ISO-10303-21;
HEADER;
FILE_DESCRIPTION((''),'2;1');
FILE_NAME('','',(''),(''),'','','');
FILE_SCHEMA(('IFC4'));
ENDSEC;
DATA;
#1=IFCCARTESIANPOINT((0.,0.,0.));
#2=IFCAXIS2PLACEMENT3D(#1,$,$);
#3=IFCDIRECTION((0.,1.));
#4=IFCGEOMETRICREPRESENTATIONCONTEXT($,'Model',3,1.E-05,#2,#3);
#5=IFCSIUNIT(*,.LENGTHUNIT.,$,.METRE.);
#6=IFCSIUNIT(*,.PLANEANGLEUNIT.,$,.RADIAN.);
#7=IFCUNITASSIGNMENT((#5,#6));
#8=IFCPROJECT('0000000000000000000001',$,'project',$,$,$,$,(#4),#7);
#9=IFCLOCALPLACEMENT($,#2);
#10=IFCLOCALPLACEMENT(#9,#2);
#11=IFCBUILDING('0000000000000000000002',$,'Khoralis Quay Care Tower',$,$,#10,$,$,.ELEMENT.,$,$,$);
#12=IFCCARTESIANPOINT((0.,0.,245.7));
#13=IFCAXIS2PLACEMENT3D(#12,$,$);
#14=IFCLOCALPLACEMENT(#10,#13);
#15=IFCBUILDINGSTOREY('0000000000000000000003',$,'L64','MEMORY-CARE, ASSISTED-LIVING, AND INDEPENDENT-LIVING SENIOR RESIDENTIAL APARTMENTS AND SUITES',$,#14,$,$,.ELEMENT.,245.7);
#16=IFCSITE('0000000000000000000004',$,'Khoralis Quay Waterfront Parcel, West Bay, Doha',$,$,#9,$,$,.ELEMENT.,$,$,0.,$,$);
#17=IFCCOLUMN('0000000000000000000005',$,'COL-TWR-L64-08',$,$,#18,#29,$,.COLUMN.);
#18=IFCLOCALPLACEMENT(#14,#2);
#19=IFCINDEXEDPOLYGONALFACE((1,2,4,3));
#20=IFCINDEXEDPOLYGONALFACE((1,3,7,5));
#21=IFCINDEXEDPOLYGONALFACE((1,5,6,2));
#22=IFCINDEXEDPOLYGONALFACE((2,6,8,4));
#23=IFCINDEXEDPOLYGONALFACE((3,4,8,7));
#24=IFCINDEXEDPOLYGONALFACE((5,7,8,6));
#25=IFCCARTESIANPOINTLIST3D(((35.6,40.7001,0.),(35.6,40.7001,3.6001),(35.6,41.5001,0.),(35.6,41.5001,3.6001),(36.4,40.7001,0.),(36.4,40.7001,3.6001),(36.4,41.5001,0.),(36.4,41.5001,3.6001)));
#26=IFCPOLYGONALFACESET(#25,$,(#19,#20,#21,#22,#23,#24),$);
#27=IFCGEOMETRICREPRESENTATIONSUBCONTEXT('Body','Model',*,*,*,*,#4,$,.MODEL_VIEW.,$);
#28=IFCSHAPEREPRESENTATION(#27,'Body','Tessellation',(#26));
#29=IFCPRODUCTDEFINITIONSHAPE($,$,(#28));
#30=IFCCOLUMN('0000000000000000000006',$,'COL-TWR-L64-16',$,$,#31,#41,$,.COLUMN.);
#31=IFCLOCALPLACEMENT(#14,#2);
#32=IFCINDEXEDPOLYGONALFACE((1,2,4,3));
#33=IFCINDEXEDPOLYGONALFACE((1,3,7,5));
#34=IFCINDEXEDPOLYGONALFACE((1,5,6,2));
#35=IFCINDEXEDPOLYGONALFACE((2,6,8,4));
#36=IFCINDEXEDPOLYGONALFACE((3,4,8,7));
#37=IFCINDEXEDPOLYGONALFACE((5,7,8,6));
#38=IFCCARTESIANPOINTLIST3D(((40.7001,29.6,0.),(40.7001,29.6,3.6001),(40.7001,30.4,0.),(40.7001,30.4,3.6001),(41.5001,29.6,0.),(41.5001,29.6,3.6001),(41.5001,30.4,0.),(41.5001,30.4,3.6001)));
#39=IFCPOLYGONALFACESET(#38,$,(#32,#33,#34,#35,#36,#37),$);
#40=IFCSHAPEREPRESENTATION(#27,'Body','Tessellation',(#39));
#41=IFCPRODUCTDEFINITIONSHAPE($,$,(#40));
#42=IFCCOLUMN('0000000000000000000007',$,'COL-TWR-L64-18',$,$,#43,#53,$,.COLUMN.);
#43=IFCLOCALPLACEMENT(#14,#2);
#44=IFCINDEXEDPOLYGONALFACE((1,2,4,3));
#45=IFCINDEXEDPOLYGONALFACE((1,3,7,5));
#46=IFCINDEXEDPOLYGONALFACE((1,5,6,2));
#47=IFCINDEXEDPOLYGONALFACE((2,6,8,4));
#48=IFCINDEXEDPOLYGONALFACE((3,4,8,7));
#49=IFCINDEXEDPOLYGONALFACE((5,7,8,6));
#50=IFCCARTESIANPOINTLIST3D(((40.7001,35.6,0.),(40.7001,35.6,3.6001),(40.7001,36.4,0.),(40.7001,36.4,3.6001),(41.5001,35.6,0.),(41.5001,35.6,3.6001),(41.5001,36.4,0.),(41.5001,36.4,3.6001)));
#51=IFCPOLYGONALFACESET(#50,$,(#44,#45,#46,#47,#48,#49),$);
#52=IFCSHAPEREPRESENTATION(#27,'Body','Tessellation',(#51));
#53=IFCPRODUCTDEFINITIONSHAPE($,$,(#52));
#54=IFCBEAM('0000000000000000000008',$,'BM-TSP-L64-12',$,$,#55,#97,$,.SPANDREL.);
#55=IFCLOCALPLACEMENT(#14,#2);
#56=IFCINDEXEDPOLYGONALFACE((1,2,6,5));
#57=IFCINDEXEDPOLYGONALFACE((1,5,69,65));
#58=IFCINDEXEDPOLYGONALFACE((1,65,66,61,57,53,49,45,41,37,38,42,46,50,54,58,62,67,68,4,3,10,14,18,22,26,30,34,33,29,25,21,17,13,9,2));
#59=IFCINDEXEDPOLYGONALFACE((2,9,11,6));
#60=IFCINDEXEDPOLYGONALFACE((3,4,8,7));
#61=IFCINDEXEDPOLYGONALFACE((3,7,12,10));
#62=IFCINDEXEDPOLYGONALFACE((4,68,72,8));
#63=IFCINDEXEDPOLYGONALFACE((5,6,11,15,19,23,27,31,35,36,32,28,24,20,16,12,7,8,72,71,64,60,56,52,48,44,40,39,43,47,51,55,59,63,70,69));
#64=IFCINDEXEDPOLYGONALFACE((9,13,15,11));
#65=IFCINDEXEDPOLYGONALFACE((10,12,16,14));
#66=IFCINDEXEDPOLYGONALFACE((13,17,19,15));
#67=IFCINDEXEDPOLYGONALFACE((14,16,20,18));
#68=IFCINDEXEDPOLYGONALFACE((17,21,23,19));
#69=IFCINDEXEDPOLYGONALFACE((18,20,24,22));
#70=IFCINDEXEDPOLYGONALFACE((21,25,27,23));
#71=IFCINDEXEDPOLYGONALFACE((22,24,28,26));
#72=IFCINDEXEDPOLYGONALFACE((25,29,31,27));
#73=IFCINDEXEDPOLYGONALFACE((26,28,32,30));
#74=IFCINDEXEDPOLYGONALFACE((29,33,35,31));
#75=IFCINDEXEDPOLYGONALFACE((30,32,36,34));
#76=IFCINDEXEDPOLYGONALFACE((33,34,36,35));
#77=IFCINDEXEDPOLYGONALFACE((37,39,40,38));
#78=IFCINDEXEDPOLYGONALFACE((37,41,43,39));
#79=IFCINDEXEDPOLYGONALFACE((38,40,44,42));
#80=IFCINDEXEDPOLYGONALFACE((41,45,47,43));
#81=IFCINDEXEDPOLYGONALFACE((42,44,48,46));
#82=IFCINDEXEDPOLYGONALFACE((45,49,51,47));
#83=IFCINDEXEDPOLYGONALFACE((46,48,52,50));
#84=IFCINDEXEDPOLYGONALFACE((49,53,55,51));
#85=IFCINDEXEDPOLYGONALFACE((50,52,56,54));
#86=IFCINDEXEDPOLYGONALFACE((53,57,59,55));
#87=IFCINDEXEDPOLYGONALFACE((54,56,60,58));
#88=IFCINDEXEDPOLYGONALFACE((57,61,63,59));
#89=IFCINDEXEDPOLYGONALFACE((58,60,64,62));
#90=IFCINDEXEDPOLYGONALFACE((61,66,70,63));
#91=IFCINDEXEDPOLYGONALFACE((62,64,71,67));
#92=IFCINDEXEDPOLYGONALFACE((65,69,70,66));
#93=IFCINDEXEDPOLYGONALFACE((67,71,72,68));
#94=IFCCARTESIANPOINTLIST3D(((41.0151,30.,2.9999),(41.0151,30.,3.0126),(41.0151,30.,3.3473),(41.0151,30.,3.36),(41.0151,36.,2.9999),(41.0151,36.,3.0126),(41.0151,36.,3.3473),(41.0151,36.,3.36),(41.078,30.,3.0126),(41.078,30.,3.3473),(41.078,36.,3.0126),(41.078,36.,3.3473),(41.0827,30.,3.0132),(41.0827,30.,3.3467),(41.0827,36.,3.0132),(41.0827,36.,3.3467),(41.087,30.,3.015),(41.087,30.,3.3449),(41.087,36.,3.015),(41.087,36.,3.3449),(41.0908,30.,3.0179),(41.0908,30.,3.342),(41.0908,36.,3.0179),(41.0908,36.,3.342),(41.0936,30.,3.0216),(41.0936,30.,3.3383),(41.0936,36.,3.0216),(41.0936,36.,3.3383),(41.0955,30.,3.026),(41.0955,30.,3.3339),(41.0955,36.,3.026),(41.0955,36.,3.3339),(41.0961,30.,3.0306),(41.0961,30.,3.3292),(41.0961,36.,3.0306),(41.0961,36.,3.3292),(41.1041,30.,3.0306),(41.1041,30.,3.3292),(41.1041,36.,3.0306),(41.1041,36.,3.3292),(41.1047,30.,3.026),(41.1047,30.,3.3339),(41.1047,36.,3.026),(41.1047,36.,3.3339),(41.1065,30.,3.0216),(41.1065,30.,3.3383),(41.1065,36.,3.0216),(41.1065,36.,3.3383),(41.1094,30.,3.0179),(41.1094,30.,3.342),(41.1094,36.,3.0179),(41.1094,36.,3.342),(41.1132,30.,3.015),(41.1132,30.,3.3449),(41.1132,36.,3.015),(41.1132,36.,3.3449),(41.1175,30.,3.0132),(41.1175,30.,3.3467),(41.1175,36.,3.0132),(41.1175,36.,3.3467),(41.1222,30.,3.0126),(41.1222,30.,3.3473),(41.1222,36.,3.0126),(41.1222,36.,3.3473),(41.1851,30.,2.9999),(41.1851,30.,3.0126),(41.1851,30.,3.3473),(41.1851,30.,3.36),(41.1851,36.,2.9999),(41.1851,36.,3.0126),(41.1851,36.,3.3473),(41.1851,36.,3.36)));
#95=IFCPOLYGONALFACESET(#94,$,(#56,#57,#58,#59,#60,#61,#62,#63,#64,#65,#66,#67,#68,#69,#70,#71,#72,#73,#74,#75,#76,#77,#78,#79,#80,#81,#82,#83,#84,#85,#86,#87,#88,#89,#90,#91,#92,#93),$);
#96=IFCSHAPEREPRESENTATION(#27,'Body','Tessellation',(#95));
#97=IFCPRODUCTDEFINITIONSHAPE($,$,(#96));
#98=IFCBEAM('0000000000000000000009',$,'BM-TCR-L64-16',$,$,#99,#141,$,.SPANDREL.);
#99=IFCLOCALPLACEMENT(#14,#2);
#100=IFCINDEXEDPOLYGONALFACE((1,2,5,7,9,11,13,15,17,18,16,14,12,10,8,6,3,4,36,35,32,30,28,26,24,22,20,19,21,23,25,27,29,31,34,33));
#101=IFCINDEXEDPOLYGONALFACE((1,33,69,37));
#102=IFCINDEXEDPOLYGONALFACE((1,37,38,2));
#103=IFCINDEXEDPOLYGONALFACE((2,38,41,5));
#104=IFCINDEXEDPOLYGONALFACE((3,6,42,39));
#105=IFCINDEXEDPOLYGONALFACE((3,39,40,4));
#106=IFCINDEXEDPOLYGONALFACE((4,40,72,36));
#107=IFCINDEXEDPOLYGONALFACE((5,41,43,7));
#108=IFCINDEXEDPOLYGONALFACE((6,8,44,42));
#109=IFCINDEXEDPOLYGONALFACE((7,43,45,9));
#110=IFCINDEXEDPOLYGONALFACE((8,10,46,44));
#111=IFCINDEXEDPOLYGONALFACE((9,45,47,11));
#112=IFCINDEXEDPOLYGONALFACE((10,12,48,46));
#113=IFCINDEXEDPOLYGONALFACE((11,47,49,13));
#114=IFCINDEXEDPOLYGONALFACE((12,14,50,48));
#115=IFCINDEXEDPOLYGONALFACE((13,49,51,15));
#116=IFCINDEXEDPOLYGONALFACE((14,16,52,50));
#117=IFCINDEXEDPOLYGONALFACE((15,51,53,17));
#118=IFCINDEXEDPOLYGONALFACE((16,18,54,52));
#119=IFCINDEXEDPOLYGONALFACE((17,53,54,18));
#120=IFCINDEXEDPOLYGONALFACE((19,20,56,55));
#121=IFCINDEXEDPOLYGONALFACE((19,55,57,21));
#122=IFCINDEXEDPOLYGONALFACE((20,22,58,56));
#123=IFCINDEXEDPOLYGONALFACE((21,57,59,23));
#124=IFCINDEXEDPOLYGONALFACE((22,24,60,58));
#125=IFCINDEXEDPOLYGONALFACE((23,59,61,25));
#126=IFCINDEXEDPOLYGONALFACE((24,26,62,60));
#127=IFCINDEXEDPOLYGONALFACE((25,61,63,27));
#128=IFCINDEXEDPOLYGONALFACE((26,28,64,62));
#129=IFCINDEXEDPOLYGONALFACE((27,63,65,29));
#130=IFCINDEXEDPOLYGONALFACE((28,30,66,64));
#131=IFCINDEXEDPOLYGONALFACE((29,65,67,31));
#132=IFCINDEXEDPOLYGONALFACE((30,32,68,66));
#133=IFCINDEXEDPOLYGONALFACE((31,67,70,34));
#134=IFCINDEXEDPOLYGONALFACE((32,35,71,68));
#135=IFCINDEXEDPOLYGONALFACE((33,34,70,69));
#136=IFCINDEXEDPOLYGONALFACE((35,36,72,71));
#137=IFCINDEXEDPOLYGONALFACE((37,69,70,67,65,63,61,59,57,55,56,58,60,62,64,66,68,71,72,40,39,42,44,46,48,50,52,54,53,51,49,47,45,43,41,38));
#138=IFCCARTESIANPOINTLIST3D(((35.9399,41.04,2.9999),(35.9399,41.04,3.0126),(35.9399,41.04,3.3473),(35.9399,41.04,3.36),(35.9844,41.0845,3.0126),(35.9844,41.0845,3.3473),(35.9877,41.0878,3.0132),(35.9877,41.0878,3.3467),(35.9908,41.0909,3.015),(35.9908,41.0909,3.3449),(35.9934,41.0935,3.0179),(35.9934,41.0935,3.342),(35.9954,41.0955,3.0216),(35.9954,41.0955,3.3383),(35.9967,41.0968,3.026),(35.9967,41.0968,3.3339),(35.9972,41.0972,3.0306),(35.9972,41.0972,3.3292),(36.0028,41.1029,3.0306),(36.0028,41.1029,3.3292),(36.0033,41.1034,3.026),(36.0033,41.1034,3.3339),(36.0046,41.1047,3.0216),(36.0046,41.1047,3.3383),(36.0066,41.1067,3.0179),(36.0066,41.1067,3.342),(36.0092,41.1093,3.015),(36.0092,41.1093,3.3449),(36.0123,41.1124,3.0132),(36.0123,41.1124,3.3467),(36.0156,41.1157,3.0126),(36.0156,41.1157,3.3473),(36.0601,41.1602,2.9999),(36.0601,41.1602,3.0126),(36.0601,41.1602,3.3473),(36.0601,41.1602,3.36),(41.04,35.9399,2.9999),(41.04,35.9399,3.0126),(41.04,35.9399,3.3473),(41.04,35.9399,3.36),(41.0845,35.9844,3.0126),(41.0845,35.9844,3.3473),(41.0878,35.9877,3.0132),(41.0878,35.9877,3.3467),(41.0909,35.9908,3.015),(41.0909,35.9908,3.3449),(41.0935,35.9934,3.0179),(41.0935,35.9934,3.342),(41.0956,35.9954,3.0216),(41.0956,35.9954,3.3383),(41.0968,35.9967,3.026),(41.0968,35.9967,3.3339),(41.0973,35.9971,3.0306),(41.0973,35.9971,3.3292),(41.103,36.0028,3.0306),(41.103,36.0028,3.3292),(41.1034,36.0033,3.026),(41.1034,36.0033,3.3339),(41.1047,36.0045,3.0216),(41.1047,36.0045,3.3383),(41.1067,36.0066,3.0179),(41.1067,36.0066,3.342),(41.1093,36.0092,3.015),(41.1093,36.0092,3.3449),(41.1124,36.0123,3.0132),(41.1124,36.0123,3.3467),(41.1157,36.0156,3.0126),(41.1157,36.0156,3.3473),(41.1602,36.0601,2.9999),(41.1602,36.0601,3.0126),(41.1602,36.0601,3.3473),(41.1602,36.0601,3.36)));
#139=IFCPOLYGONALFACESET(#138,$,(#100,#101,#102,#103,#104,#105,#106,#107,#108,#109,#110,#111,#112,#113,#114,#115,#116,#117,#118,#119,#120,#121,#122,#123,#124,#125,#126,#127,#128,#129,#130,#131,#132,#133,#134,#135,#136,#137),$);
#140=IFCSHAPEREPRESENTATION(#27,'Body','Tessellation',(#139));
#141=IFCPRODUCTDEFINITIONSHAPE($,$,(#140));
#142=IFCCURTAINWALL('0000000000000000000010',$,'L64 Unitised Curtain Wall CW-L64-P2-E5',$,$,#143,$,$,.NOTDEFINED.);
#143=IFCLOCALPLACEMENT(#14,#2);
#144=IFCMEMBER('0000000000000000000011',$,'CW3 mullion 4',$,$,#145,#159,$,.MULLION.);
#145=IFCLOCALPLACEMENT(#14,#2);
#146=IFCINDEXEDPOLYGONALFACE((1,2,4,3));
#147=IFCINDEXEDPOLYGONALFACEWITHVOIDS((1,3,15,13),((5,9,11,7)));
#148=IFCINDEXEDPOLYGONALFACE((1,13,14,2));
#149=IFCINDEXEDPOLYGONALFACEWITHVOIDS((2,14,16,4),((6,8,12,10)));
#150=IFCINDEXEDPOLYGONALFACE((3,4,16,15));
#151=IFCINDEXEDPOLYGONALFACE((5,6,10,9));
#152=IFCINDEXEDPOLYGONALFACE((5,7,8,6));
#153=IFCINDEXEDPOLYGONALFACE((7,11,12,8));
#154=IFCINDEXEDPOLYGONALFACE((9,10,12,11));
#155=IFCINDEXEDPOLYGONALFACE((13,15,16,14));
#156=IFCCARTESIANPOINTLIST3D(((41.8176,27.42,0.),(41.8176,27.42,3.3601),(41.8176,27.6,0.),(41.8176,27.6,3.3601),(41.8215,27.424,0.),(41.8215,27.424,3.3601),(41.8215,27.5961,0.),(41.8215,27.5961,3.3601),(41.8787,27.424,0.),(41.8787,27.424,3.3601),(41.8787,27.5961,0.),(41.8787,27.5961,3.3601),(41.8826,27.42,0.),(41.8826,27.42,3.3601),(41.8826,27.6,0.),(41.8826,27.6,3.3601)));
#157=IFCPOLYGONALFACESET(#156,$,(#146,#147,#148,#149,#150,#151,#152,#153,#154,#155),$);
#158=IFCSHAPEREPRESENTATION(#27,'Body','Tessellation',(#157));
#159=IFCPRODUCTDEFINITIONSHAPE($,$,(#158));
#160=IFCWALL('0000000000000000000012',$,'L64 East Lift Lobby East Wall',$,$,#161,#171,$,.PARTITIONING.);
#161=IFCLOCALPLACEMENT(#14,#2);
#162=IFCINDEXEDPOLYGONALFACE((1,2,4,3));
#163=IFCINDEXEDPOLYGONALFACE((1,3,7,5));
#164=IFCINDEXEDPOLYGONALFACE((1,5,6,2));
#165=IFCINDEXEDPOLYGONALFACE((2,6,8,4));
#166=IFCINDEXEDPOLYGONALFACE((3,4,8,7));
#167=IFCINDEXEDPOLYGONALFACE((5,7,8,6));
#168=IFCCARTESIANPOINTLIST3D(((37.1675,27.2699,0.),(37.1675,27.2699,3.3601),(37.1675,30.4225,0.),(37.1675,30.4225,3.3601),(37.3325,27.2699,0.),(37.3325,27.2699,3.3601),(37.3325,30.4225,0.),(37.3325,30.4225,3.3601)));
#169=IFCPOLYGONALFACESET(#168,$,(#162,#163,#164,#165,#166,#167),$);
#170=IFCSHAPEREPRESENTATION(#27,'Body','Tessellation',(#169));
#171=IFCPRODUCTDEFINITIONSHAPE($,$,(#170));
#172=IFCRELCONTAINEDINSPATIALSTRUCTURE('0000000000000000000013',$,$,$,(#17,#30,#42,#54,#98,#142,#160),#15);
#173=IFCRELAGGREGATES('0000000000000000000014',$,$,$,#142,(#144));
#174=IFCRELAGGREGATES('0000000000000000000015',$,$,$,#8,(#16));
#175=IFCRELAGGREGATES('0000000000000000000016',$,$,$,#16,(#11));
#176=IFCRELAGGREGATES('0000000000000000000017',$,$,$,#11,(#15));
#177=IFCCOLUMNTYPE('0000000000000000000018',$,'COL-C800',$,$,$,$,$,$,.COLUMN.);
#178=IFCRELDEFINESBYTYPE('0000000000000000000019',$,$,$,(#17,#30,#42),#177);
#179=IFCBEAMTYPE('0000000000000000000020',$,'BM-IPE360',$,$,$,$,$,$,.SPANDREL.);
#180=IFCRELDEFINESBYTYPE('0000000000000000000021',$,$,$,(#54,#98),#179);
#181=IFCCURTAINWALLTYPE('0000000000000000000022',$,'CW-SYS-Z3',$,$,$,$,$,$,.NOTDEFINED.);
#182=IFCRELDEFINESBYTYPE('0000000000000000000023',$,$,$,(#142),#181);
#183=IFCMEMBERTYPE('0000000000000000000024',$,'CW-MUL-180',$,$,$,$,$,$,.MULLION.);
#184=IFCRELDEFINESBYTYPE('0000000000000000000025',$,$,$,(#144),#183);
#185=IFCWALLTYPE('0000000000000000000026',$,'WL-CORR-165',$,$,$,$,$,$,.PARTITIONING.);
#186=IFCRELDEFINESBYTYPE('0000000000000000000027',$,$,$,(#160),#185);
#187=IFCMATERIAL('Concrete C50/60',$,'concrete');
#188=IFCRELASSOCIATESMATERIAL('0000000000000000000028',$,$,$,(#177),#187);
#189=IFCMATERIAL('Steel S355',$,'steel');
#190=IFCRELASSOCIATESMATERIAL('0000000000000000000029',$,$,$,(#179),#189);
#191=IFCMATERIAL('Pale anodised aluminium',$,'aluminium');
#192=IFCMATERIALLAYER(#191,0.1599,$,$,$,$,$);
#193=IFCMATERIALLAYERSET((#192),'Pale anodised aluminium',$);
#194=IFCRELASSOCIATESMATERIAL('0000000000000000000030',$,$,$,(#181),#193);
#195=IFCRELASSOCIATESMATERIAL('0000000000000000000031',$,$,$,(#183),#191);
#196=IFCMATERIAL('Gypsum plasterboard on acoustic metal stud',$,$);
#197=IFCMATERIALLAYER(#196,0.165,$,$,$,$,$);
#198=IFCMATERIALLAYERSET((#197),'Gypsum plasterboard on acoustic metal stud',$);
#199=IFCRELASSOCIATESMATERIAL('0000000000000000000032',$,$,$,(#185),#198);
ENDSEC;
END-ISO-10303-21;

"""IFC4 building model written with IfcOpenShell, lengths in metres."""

from ifc_helpers import new_model, si_unit, direction, frame, frame_2d, origin, origin_2d, place, context, subcontext, project, spatial, rectangle, hollow_rectangle, i_section, extrude, source, transform, mapped, material, layer, layer_set, material_profile, profile_set, type_object, element, aggregate, save


model = new_model("IFC4")

# Units and contexts
model_context = context("Model", 3, precision=1e-05, world=origin(), true_north=direction((0.0, 1.0)))
body_context = subcontext(model_context, "Body", "Model", "MODEL_VIEW")
ifc_project = project(units=[si_unit("LENGTHUNIT", "METRE"), si_unit("PLANEANGLEUNIT", "RADIAN")], contexts=[model_context])

# Site, building, storey
site_placement = place(None, origin())
site = spatial("IfcSite", under=ifc_project, at=site_placement, Name="Khoralis Quay Waterfront Parcel, West Bay, Doha", CompositionType="ELEMENT", RefElevation=0.0)
building_placement = place(site_placement, origin())
building = spatial("IfcBuilding", under=site, at=building_placement, Name="Khoralis Quay Care Tower", CompositionType="ELEMENT")
storey_placement = place(building_placement, frame((0.0, 0.0, 245.7)))
storey = spatial("IfcBuildingStorey", under=building, at=storey_placement, Name="L64", Description="MEMORY-CARE, ASSISTED-LIVING, AND INDEPENDENT-LIVING SENIOR RESIDENTIAL APARTMENTS AND SUITES", CompositionType="ELEMENT", Elevation=245.7)

# Columns
ifc_material_1 = material(Name="Concrete C50/60", Category="concrete")
ifc_material_profile_1 = material_profile(ifc_material_1, rectangle(XDim=0.8, YDim=0.8, at=origin_2d()), Name="Concrete C50/60")
ifc_profile_set_1 = profile_set([ifc_material_profile_1], Name="Concrete C50/60")
column_type = type_object("IfcColumnType", Name="COL-C800", PredefinedType="COLUMN", material=ifc_profile_set_1)
shared_shape_1 = source(origin(), body_context, "Body", "SweptSolid", [
    extrude(rectangle(XDim=0.8, YDim=0.8, at=origin_2d()), origin(), (0.0, 0.0, 1.0), 3.6001),
])
for number, where, z_axis, x_axis, name in (
    (1, (36.0, 41.1001, 0.0), (0.0, 0.0, 1.0), (1.0, 0.0, 0.0), "COL-TWR-L64-08"),
    (2, (41.1001, 30.0, 0.0), (0.0, 0.0, 1.0), (1.0, 0.0, 0.0), "COL-TWR-L64-16"),
    (3, (41.1001, 36.0, 0.0), (0.0, 0.0, 1.0), (1.0, 0.0, 0.0), "COL-TWR-L64-18"),
):
    element("IfcColumn", number, at=place(storey_placement, frame(where, z_axis=z_axis, x_axis=x_axis)), inside=storey, type_object=column_type, Name=name, PredefinedType="COLUMN", context=body_context, shape_type="MappedRepresentation", body=[
        mapped(shared_shape_1, transform((0.0, 0.0, 0.0), scale=1.0)),
    ])

# Beams
ifc_material_2 = material(Name="Steel S355", Category="steel")
ifc_material_profile_2 = material_profile(ifc_material_2, i_section(OverallWidth=0.1699, OverallDepth=0.3601, WebThickness=0.0081, FlangeThickness=0.0127, FilletRadius=0.0181, at=origin_2d()), Name="Steel S355")
ifc_profile_set_2 = profile_set([ifc_material_profile_2], Name="Steel S355")
beam_type = type_object("IfcBeamType", Name="BM-IPE360", PredefinedType="SPANDREL", material=ifc_profile_set_2)
shared_shape_2 = source(origin(), body_context, "Body", "SweptSolid", [
    extrude(i_section(OverallWidth=0.1699, OverallDepth=0.3601, WebThickness=0.0081, FlangeThickness=0.0127, FilletRadius=0.0181, at=origin_2d()), origin(), (0.0, 0.0, 1.0), 6.0),
])
beam_1_placement = place(storey_placement, frame((41.1001, 30.0, 3.1799), z_axis=(0.0, 1.0, 0.0), x_axis=(-1.0, 0.0, 0.0)))
element("IfcBeam", 4, at=beam_1_placement, inside=storey, type_object=beam_type, Name="BM-TSP-L64-12", PredefinedType="SPANDREL", context=body_context, shape_type="MappedRepresentation", body=[
    mapped(shared_shape_2, transform((0.0, 0.0, 0.0), scale=1.0)),
])
shared_shape_3 = source(origin(), body_context, "Body", "SweptSolid", [
    extrude(i_section(OverallWidth=0.1699, OverallDepth=0.3601, WebThickness=0.0081, FlangeThickness=0.0127, FilletRadius=0.0181, at=origin_2d()), origin(), (0.0, 0.0, 1.0), 7.2126),
])
beam_2_placement = place(storey_placement, frame((36.0, 41.1001, 3.1799), z_axis=(0.707107, -0.707107, 0.0), x_axis=(0.707107, 0.707107, 0.0)))
element("IfcBeam", 5, at=beam_2_placement, inside=storey, type_object=beam_type, Name="BM-TCR-L64-16", PredefinedType="SPANDREL", context=body_context, shape_type="MappedRepresentation", body=[
    mapped(shared_shape_3, transform((0.0, 0.0, 0.0), scale=1.0)),
])

# Curtain wall, member
ifc_material_3 = material(Name="Pale anodised aluminium", Category="aluminium")
ifc_layer_1 = layer(ifc_material_3, 0.1599)
ifc_layer_set_1 = layer_set([ifc_layer_1], Name="Pale anodised aluminium")
curtain_wall_type = type_object("IfcCurtainWallType", Name="CW-SYS-Z3", PredefinedType="NOTDEFINED", material=ifc_layer_set_1)
curtain_wall_placement = place(storey_placement, origin())
curtain_wall = element("IfcCurtainWall", 6, at=curtain_wall_placement, inside=storey, type_object=curtain_wall_type, Name="L64 Unitised Curtain Wall CW-L64-P2-E5", PredefinedType="NOTDEFINED")
ifc_material_profile_3 = material_profile(ifc_material_3, hollow_rectangle(XDim=0.0649, YDim=0.1799, WallThickness=0.0039, at=origin_2d()), Name="Pale anodised aluminium")
ifc_profile_set_3 = profile_set([ifc_material_profile_3], Name="Pale anodised aluminium")
member_type = type_object("IfcMemberType", Name="CW-MUL-180", PredefinedType="MULLION", material=ifc_profile_set_3)
shared_shape_4 = source(origin(), body_context, "Body", "SweptSolid", [
    extrude(hollow_rectangle(XDim=0.0649, YDim=0.1799, WallThickness=0.0039, at=origin_2d()), origin(), (0.0, 0.0, 1.0), 3.3601),
])
member_placement = place(storey_placement, frame((41.8501, 27.51, 0.0), z_axis=(0.0, 0.0, 1.0), x_axis=(-1.0, 0.0, 0.0)))
member = element("IfcMember", 7, at=member_placement, type_object=member_type, Name="CW3 mullion 4", PredefinedType="MULLION", context=body_context, shape_type="MappedRepresentation", body=[
    mapped(shared_shape_4, transform((0.0, 0.0, 0.0), scale=1.0)),
])
aggregate(curtain_wall, [member])

# Wall
ifc_material_4 = material(Name="Gypsum plasterboard on acoustic metal stud")
ifc_layer_2 = layer(ifc_material_4, 0.165)
ifc_layer_set_2 = layer_set([ifc_layer_2], Name="Gypsum plasterboard on acoustic metal stud")
wall_type_1 = type_object("IfcWallType", Name="WL-CORR-165", PredefinedType="PARTITIONING", material=ifc_layer_set_2)
wall_1_placement = place(storey_placement, frame((37.25, 27.27, 0.0), z_axis=(0.0, 0.0, 1.0), x_axis=(0.0, 1.0, 0.0)))
element("IfcWall", 8, at=wall_1_placement, inside=storey, type_object=wall_type_1, Name="L64 East Lift Lobby East Wall", PredefinedType="PARTITIONING", context=body_context, shape_type="SweptSolid", body=[
    extrude(rectangle(XDim=3.1526, YDim=0.165, at=frame_2d((1.5762, 0.0))), origin(), (0.0, 0.0, 1.0), 3.3601),
])

save(model, "model.ifc")
